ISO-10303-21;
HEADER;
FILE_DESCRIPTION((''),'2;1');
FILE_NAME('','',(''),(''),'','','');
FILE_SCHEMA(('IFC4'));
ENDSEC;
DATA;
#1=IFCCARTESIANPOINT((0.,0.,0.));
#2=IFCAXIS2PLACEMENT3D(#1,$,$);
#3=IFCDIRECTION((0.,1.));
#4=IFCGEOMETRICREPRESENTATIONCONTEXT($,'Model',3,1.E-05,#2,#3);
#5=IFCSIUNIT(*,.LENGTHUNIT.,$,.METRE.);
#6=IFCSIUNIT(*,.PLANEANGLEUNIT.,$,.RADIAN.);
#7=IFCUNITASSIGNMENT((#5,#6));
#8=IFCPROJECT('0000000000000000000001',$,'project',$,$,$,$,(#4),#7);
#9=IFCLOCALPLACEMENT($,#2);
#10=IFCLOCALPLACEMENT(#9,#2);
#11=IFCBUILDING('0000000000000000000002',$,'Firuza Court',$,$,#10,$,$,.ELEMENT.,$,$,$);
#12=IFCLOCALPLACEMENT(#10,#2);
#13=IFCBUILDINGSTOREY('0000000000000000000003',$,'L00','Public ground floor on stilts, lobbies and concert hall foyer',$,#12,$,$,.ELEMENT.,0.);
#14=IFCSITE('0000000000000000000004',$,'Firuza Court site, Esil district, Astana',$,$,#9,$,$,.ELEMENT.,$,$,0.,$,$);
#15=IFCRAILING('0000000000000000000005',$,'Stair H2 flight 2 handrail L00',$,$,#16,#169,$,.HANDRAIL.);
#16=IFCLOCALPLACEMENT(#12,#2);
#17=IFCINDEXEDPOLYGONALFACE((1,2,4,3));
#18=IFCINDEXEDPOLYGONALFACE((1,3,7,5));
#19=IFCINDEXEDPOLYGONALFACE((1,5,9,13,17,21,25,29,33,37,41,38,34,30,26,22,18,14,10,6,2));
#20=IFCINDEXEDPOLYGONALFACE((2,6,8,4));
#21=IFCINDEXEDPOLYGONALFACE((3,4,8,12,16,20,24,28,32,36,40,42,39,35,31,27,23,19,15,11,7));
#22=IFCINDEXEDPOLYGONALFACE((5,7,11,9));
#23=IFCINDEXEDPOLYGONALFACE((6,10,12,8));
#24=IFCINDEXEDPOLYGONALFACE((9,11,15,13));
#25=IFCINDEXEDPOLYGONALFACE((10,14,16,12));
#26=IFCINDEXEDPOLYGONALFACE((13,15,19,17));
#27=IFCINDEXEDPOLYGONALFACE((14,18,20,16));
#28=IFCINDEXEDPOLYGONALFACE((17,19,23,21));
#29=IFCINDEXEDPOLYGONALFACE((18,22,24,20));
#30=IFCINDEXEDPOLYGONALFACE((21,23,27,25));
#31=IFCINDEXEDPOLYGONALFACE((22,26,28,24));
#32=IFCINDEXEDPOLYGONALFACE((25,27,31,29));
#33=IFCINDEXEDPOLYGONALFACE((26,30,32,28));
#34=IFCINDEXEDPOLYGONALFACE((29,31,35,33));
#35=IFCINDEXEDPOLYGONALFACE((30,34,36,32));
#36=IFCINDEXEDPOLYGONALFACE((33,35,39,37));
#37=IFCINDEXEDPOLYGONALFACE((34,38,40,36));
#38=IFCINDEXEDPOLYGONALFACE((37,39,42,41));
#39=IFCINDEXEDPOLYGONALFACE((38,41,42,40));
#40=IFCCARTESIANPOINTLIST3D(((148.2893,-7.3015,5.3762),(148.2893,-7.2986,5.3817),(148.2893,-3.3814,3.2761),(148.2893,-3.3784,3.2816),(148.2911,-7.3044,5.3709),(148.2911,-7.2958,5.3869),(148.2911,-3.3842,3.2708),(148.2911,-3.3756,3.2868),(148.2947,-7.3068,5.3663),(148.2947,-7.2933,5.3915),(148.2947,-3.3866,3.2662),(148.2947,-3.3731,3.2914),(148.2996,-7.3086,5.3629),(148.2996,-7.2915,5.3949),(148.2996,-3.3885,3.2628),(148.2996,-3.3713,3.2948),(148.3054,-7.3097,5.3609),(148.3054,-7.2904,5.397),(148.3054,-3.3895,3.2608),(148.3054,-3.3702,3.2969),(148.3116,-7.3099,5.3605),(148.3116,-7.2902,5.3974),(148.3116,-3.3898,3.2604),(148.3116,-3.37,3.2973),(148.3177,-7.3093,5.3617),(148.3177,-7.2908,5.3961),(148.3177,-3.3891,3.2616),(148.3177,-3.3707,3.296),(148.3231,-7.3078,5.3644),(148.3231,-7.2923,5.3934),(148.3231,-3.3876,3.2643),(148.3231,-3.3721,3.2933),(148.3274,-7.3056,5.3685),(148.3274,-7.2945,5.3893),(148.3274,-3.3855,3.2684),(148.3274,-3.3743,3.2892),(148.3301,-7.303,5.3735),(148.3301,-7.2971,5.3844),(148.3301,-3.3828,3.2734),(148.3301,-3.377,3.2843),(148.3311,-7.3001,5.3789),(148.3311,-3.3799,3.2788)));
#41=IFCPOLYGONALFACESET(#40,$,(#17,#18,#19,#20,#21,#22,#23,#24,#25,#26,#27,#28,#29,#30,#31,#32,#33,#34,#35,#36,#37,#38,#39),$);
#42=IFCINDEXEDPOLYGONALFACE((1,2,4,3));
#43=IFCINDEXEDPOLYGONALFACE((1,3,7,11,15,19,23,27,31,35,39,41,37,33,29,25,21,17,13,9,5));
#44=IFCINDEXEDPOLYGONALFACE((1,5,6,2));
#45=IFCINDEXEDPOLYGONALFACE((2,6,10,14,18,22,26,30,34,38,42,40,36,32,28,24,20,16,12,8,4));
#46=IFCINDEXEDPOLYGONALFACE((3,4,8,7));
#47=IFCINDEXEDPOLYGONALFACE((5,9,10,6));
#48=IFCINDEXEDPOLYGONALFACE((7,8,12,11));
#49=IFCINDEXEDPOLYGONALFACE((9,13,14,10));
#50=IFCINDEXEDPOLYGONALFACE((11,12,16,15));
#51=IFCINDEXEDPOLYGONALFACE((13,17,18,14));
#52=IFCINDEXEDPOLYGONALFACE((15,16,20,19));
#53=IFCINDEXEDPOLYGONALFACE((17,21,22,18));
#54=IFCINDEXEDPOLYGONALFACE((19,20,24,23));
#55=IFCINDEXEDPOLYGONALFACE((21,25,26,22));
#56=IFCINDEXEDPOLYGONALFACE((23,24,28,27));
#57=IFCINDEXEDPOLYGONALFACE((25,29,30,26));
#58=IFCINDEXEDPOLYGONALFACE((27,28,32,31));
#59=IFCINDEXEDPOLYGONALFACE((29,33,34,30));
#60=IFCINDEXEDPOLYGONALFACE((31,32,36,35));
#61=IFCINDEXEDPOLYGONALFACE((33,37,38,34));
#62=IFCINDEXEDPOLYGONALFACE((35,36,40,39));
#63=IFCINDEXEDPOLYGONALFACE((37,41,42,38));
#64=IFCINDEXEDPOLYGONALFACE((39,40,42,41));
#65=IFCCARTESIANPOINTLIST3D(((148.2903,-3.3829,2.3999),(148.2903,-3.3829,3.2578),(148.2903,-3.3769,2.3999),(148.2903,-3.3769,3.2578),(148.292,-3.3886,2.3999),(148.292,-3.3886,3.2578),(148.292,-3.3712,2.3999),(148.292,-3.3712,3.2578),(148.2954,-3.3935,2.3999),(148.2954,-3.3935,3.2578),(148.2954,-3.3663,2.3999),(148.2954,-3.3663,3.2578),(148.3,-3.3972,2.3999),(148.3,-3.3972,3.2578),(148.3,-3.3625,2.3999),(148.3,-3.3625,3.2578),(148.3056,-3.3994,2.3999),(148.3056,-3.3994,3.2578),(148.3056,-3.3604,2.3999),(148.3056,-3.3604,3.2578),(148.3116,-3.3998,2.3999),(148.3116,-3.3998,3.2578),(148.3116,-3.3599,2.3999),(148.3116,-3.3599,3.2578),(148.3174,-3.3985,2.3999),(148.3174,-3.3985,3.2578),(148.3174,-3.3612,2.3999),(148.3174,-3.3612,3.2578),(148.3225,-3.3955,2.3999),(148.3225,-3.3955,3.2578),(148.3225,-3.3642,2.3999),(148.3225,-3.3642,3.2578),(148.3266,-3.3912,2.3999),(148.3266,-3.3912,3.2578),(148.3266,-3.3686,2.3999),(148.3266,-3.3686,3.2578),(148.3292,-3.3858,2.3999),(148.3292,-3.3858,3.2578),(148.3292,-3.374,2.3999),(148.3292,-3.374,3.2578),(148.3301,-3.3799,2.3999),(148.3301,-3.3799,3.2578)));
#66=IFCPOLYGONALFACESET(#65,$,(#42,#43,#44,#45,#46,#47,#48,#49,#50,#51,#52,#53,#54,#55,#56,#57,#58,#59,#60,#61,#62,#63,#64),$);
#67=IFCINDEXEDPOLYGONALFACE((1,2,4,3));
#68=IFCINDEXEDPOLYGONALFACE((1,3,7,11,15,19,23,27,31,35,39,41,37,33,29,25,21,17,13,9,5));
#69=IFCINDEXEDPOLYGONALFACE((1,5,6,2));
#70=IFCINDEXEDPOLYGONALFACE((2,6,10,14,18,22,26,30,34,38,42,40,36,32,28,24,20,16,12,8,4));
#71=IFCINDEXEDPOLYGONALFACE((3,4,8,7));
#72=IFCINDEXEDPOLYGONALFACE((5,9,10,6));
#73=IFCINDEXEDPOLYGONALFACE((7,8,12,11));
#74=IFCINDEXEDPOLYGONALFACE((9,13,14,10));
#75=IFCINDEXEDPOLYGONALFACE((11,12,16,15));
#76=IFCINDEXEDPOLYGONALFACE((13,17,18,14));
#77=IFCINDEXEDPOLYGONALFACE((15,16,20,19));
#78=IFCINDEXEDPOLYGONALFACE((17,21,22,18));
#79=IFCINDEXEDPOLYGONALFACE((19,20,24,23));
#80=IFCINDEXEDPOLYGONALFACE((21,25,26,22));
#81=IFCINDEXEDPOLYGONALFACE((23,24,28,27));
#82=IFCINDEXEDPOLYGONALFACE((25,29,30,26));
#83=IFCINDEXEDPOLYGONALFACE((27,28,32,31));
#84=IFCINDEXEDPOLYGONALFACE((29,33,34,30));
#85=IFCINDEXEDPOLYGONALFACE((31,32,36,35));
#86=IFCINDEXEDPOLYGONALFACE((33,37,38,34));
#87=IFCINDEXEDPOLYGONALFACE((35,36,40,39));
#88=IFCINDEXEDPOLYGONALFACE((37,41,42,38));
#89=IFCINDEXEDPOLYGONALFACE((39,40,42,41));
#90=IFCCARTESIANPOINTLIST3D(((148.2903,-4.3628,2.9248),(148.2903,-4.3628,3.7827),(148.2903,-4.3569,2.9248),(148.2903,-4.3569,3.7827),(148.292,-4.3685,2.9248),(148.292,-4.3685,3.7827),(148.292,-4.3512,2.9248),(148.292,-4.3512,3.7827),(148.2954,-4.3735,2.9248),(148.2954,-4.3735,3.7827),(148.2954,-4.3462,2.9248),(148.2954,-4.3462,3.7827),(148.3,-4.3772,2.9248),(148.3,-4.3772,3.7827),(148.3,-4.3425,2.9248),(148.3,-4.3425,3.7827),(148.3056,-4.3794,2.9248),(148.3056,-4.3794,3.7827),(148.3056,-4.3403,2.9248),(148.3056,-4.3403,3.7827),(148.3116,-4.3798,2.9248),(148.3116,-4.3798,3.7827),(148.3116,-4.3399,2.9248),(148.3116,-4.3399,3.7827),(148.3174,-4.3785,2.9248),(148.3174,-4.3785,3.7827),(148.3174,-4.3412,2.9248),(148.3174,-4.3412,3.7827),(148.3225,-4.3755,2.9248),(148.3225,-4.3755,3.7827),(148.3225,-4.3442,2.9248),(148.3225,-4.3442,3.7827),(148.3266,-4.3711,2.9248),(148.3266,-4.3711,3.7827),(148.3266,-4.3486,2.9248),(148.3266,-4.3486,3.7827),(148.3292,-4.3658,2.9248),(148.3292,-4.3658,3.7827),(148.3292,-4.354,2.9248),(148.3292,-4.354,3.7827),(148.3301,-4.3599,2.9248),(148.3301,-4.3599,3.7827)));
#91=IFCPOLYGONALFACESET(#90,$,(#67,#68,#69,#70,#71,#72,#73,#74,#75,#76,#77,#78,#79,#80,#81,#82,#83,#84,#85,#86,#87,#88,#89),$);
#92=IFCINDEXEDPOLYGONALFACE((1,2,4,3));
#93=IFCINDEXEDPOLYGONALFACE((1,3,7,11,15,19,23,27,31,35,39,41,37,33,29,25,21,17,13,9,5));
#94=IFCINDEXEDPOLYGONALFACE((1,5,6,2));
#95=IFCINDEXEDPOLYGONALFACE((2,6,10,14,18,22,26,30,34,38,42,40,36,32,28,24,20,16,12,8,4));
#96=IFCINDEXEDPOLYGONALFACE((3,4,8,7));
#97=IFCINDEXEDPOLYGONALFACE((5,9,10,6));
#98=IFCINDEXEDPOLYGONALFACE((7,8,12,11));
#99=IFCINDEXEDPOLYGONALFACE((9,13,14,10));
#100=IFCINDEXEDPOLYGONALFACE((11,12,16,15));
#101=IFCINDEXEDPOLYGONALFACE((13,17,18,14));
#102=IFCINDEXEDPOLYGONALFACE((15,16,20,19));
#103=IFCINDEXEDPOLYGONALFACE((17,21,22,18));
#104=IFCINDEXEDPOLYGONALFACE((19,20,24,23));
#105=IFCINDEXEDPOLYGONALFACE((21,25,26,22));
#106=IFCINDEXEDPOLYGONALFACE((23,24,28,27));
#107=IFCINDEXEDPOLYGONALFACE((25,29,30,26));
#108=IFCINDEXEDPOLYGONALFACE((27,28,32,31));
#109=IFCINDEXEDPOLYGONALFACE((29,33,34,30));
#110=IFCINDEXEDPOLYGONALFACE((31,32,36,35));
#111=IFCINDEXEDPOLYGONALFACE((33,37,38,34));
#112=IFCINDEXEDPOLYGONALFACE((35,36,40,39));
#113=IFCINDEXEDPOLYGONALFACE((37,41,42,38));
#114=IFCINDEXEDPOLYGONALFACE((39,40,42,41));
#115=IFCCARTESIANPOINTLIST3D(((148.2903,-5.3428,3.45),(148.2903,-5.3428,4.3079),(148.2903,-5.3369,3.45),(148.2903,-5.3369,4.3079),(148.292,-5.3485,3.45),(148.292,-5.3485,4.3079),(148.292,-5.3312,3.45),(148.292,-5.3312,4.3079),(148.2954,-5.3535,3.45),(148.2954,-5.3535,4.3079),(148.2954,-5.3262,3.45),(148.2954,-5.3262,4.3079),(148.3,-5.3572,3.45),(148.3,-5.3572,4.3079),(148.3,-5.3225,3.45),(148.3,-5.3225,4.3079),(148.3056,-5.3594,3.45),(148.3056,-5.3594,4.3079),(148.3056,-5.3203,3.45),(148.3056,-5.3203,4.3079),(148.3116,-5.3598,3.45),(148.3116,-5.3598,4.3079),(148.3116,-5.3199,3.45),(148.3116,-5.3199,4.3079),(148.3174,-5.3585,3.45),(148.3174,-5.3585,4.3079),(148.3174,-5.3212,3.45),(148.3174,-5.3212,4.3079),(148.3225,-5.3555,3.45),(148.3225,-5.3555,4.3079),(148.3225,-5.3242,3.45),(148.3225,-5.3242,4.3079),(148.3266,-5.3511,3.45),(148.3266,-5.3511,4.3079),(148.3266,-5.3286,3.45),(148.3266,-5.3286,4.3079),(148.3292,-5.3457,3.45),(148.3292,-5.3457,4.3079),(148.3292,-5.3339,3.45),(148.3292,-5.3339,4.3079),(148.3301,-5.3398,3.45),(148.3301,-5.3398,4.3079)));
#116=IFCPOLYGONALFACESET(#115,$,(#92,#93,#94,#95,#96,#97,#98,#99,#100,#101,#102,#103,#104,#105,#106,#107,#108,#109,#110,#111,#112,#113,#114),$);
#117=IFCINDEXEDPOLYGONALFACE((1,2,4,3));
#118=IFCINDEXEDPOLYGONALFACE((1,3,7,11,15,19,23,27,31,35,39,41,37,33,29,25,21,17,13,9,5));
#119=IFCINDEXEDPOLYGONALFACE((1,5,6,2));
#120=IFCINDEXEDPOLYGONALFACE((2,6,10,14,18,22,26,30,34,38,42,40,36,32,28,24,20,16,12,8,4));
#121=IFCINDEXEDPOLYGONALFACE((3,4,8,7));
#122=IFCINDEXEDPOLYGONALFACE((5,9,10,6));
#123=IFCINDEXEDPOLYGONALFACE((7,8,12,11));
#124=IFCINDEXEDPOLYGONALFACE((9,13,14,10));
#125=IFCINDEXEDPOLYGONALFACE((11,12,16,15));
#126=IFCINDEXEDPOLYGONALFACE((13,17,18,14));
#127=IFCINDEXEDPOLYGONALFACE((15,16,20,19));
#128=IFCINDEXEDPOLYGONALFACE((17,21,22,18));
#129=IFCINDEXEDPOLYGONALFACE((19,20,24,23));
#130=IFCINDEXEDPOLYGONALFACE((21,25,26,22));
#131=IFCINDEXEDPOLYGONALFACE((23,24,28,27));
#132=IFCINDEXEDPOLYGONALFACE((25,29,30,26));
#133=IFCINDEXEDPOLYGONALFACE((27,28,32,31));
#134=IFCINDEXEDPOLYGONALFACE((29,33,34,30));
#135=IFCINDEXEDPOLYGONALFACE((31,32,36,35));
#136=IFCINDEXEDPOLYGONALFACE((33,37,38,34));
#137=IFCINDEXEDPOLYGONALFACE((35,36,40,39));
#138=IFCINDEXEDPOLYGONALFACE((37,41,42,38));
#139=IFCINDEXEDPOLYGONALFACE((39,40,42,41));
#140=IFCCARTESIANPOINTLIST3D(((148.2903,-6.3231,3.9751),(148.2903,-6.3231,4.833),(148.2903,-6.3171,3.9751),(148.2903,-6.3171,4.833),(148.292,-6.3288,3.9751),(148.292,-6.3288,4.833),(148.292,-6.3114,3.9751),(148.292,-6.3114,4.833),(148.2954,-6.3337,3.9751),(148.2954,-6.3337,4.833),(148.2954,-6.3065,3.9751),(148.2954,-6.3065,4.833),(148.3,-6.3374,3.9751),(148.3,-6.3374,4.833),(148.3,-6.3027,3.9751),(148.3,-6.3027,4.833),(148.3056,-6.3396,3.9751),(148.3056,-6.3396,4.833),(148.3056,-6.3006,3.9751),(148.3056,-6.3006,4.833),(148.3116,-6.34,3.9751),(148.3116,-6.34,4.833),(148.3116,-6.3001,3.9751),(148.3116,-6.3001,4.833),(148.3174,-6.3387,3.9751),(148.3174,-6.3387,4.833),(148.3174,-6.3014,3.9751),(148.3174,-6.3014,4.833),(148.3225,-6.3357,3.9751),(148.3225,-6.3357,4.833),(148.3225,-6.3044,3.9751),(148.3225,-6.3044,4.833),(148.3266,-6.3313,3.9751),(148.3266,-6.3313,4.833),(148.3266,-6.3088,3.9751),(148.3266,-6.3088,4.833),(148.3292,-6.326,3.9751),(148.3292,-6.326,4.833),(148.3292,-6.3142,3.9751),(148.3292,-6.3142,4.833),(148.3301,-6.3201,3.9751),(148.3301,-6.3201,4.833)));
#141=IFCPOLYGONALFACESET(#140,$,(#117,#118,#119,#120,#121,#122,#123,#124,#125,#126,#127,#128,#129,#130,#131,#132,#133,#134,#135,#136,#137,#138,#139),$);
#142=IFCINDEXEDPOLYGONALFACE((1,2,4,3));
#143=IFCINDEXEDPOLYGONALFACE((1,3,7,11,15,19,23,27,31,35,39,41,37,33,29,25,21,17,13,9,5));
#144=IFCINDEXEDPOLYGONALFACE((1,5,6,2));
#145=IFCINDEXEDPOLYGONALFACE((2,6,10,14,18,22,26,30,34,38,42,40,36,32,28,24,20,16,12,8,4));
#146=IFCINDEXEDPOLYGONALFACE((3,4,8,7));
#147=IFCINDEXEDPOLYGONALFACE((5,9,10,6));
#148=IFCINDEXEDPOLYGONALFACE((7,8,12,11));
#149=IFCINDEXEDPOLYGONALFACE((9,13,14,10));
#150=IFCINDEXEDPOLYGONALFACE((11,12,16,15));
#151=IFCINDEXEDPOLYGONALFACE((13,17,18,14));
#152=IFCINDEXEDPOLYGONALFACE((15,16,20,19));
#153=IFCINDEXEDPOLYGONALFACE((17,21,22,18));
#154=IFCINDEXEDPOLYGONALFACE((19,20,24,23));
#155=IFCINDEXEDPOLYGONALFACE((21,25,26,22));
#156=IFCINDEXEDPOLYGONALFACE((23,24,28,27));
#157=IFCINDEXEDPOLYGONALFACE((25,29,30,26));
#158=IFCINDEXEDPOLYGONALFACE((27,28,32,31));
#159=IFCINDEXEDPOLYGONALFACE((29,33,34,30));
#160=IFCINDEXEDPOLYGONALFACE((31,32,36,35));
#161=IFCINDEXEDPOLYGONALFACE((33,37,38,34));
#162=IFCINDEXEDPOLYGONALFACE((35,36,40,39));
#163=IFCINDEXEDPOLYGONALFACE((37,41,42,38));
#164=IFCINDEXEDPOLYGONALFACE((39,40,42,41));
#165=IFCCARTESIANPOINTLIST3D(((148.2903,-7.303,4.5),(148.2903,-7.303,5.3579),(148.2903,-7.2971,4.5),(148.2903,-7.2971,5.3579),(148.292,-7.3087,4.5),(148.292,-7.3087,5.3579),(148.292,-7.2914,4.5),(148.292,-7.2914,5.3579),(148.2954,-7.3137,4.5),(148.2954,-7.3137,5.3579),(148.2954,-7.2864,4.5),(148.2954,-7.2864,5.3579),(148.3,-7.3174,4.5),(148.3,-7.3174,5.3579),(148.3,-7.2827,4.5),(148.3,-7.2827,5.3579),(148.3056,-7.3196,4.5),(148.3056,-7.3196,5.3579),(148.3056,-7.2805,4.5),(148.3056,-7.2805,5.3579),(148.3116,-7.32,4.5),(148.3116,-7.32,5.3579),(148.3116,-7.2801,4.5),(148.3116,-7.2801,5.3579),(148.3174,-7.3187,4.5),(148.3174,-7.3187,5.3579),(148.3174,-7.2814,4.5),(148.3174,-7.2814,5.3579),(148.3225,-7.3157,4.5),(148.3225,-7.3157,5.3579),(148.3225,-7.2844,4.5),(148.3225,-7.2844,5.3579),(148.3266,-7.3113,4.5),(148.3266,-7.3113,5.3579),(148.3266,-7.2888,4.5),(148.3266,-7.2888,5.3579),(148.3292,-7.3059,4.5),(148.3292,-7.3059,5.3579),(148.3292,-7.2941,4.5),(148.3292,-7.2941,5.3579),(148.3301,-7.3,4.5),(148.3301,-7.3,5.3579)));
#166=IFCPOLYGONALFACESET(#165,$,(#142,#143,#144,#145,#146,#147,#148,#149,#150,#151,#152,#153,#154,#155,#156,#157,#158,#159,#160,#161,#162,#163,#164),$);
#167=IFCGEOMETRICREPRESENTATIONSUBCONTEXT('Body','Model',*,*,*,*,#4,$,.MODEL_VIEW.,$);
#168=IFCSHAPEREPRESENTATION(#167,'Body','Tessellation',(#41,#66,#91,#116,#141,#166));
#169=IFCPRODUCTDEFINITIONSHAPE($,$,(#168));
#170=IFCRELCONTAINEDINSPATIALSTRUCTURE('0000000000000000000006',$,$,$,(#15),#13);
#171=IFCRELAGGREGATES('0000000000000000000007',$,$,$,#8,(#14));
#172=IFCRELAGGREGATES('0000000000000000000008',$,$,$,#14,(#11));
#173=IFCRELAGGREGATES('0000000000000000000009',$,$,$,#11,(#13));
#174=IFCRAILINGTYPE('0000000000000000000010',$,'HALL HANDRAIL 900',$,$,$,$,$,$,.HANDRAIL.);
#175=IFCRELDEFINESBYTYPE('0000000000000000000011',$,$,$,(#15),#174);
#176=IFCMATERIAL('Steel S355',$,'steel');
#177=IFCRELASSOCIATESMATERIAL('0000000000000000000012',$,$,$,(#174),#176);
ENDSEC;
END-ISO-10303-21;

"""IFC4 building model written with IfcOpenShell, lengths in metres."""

from ifc_helpers import new_model, si_unit, direction, frame, origin, origin_2d, place, context, subcontext, project, spatial, circle, extrude, material, type_object, element, save


model = new_model("IFC4")

# Units and contexts
model_context = context("Model", 3, precision=1e-05, world=origin(), true_north=direction((0.0, 1.0)))
body_context = subcontext(model_context, "Body", "Model", "MODEL_VIEW")
ifc_project = project(units=[si_unit("LENGTHUNIT", "METRE"), si_unit("PLANEANGLEUNIT", "RADIAN")], contexts=[model_context])

# Site, building, storey
site_placement = place(None, origin())
site = spatial("IfcSite", under=ifc_project, at=site_placement, Name="Firuza Court site, Esil district, Astana", CompositionType="ELEMENT", RefElevation=0.0)
building_placement = place(site_placement, origin())
building = spatial("IfcBuilding", under=site, at=building_placement, Name="Firuza Court", CompositionType="ELEMENT")
storey_placement = place(building_placement, origin())
storey = spatial("IfcBuildingStorey", under=building, at=storey_placement, Name="L00", Description="Public ground floor on stilts, lobbies and concert hall foyer", CompositionType="ELEMENT", Elevation=0.0)

# Railing
ifc_material_1 = material(Name="Steel S355", Category="steel")
railing_type_1 = type_object("IfcRailingType", Name="HALL HANDRAIL 900", PredefinedType="HANDRAIL", material=ifc_material_1)
for number, where, name in (
    (1, (148.3101, -3.3799, 2.3999), "Stair H2 flight 2 handrail L00"),
):
    element("IfcRailing", number, at=place(storey_placement, frame(where)), inside=storey, type_object=railing_type_1, Name=name, PredefinedType="HANDRAIL", context=body_context, shape_type="SweptSolid", body=[
        extrude(circle(Radius=0.021, at=origin_2d()), frame((0.0, 0.0, 0.8789), z_axis=(0.0, -0.881479, 0.472223), x_axis=(1.0, 0.0, 0.0)), (0.0, 0.0, 1.0), 4.4473),
        extrude(circle(Radius=0.02, at=origin_2d()), origin(), (0.0, 0.0, 1.0), 0.8579),
        extrude(circle(Radius=0.02, at=origin_2d()), frame((0.0, -0.98, 0.5249)), (0.0, 0.0, 1.0), 0.8579),
        extrude(circle(Radius=0.02, at=origin_2d()), frame((0.0, -1.96, 1.05)), (0.0, 0.0, 1.0), 0.8579),
        extrude(circle(Radius=0.02, at=origin_2d()), frame((0.0, -2.9402, 1.5752)), (0.0, 0.0, 1.0), 0.8579),
        extrude(circle(Radius=0.02, at=origin_2d()), frame((0.0, -3.9202, 2.1001)), (0.0, 0.0, 1.0), 0.8579),
    ])

save(model, "model.ifc")
